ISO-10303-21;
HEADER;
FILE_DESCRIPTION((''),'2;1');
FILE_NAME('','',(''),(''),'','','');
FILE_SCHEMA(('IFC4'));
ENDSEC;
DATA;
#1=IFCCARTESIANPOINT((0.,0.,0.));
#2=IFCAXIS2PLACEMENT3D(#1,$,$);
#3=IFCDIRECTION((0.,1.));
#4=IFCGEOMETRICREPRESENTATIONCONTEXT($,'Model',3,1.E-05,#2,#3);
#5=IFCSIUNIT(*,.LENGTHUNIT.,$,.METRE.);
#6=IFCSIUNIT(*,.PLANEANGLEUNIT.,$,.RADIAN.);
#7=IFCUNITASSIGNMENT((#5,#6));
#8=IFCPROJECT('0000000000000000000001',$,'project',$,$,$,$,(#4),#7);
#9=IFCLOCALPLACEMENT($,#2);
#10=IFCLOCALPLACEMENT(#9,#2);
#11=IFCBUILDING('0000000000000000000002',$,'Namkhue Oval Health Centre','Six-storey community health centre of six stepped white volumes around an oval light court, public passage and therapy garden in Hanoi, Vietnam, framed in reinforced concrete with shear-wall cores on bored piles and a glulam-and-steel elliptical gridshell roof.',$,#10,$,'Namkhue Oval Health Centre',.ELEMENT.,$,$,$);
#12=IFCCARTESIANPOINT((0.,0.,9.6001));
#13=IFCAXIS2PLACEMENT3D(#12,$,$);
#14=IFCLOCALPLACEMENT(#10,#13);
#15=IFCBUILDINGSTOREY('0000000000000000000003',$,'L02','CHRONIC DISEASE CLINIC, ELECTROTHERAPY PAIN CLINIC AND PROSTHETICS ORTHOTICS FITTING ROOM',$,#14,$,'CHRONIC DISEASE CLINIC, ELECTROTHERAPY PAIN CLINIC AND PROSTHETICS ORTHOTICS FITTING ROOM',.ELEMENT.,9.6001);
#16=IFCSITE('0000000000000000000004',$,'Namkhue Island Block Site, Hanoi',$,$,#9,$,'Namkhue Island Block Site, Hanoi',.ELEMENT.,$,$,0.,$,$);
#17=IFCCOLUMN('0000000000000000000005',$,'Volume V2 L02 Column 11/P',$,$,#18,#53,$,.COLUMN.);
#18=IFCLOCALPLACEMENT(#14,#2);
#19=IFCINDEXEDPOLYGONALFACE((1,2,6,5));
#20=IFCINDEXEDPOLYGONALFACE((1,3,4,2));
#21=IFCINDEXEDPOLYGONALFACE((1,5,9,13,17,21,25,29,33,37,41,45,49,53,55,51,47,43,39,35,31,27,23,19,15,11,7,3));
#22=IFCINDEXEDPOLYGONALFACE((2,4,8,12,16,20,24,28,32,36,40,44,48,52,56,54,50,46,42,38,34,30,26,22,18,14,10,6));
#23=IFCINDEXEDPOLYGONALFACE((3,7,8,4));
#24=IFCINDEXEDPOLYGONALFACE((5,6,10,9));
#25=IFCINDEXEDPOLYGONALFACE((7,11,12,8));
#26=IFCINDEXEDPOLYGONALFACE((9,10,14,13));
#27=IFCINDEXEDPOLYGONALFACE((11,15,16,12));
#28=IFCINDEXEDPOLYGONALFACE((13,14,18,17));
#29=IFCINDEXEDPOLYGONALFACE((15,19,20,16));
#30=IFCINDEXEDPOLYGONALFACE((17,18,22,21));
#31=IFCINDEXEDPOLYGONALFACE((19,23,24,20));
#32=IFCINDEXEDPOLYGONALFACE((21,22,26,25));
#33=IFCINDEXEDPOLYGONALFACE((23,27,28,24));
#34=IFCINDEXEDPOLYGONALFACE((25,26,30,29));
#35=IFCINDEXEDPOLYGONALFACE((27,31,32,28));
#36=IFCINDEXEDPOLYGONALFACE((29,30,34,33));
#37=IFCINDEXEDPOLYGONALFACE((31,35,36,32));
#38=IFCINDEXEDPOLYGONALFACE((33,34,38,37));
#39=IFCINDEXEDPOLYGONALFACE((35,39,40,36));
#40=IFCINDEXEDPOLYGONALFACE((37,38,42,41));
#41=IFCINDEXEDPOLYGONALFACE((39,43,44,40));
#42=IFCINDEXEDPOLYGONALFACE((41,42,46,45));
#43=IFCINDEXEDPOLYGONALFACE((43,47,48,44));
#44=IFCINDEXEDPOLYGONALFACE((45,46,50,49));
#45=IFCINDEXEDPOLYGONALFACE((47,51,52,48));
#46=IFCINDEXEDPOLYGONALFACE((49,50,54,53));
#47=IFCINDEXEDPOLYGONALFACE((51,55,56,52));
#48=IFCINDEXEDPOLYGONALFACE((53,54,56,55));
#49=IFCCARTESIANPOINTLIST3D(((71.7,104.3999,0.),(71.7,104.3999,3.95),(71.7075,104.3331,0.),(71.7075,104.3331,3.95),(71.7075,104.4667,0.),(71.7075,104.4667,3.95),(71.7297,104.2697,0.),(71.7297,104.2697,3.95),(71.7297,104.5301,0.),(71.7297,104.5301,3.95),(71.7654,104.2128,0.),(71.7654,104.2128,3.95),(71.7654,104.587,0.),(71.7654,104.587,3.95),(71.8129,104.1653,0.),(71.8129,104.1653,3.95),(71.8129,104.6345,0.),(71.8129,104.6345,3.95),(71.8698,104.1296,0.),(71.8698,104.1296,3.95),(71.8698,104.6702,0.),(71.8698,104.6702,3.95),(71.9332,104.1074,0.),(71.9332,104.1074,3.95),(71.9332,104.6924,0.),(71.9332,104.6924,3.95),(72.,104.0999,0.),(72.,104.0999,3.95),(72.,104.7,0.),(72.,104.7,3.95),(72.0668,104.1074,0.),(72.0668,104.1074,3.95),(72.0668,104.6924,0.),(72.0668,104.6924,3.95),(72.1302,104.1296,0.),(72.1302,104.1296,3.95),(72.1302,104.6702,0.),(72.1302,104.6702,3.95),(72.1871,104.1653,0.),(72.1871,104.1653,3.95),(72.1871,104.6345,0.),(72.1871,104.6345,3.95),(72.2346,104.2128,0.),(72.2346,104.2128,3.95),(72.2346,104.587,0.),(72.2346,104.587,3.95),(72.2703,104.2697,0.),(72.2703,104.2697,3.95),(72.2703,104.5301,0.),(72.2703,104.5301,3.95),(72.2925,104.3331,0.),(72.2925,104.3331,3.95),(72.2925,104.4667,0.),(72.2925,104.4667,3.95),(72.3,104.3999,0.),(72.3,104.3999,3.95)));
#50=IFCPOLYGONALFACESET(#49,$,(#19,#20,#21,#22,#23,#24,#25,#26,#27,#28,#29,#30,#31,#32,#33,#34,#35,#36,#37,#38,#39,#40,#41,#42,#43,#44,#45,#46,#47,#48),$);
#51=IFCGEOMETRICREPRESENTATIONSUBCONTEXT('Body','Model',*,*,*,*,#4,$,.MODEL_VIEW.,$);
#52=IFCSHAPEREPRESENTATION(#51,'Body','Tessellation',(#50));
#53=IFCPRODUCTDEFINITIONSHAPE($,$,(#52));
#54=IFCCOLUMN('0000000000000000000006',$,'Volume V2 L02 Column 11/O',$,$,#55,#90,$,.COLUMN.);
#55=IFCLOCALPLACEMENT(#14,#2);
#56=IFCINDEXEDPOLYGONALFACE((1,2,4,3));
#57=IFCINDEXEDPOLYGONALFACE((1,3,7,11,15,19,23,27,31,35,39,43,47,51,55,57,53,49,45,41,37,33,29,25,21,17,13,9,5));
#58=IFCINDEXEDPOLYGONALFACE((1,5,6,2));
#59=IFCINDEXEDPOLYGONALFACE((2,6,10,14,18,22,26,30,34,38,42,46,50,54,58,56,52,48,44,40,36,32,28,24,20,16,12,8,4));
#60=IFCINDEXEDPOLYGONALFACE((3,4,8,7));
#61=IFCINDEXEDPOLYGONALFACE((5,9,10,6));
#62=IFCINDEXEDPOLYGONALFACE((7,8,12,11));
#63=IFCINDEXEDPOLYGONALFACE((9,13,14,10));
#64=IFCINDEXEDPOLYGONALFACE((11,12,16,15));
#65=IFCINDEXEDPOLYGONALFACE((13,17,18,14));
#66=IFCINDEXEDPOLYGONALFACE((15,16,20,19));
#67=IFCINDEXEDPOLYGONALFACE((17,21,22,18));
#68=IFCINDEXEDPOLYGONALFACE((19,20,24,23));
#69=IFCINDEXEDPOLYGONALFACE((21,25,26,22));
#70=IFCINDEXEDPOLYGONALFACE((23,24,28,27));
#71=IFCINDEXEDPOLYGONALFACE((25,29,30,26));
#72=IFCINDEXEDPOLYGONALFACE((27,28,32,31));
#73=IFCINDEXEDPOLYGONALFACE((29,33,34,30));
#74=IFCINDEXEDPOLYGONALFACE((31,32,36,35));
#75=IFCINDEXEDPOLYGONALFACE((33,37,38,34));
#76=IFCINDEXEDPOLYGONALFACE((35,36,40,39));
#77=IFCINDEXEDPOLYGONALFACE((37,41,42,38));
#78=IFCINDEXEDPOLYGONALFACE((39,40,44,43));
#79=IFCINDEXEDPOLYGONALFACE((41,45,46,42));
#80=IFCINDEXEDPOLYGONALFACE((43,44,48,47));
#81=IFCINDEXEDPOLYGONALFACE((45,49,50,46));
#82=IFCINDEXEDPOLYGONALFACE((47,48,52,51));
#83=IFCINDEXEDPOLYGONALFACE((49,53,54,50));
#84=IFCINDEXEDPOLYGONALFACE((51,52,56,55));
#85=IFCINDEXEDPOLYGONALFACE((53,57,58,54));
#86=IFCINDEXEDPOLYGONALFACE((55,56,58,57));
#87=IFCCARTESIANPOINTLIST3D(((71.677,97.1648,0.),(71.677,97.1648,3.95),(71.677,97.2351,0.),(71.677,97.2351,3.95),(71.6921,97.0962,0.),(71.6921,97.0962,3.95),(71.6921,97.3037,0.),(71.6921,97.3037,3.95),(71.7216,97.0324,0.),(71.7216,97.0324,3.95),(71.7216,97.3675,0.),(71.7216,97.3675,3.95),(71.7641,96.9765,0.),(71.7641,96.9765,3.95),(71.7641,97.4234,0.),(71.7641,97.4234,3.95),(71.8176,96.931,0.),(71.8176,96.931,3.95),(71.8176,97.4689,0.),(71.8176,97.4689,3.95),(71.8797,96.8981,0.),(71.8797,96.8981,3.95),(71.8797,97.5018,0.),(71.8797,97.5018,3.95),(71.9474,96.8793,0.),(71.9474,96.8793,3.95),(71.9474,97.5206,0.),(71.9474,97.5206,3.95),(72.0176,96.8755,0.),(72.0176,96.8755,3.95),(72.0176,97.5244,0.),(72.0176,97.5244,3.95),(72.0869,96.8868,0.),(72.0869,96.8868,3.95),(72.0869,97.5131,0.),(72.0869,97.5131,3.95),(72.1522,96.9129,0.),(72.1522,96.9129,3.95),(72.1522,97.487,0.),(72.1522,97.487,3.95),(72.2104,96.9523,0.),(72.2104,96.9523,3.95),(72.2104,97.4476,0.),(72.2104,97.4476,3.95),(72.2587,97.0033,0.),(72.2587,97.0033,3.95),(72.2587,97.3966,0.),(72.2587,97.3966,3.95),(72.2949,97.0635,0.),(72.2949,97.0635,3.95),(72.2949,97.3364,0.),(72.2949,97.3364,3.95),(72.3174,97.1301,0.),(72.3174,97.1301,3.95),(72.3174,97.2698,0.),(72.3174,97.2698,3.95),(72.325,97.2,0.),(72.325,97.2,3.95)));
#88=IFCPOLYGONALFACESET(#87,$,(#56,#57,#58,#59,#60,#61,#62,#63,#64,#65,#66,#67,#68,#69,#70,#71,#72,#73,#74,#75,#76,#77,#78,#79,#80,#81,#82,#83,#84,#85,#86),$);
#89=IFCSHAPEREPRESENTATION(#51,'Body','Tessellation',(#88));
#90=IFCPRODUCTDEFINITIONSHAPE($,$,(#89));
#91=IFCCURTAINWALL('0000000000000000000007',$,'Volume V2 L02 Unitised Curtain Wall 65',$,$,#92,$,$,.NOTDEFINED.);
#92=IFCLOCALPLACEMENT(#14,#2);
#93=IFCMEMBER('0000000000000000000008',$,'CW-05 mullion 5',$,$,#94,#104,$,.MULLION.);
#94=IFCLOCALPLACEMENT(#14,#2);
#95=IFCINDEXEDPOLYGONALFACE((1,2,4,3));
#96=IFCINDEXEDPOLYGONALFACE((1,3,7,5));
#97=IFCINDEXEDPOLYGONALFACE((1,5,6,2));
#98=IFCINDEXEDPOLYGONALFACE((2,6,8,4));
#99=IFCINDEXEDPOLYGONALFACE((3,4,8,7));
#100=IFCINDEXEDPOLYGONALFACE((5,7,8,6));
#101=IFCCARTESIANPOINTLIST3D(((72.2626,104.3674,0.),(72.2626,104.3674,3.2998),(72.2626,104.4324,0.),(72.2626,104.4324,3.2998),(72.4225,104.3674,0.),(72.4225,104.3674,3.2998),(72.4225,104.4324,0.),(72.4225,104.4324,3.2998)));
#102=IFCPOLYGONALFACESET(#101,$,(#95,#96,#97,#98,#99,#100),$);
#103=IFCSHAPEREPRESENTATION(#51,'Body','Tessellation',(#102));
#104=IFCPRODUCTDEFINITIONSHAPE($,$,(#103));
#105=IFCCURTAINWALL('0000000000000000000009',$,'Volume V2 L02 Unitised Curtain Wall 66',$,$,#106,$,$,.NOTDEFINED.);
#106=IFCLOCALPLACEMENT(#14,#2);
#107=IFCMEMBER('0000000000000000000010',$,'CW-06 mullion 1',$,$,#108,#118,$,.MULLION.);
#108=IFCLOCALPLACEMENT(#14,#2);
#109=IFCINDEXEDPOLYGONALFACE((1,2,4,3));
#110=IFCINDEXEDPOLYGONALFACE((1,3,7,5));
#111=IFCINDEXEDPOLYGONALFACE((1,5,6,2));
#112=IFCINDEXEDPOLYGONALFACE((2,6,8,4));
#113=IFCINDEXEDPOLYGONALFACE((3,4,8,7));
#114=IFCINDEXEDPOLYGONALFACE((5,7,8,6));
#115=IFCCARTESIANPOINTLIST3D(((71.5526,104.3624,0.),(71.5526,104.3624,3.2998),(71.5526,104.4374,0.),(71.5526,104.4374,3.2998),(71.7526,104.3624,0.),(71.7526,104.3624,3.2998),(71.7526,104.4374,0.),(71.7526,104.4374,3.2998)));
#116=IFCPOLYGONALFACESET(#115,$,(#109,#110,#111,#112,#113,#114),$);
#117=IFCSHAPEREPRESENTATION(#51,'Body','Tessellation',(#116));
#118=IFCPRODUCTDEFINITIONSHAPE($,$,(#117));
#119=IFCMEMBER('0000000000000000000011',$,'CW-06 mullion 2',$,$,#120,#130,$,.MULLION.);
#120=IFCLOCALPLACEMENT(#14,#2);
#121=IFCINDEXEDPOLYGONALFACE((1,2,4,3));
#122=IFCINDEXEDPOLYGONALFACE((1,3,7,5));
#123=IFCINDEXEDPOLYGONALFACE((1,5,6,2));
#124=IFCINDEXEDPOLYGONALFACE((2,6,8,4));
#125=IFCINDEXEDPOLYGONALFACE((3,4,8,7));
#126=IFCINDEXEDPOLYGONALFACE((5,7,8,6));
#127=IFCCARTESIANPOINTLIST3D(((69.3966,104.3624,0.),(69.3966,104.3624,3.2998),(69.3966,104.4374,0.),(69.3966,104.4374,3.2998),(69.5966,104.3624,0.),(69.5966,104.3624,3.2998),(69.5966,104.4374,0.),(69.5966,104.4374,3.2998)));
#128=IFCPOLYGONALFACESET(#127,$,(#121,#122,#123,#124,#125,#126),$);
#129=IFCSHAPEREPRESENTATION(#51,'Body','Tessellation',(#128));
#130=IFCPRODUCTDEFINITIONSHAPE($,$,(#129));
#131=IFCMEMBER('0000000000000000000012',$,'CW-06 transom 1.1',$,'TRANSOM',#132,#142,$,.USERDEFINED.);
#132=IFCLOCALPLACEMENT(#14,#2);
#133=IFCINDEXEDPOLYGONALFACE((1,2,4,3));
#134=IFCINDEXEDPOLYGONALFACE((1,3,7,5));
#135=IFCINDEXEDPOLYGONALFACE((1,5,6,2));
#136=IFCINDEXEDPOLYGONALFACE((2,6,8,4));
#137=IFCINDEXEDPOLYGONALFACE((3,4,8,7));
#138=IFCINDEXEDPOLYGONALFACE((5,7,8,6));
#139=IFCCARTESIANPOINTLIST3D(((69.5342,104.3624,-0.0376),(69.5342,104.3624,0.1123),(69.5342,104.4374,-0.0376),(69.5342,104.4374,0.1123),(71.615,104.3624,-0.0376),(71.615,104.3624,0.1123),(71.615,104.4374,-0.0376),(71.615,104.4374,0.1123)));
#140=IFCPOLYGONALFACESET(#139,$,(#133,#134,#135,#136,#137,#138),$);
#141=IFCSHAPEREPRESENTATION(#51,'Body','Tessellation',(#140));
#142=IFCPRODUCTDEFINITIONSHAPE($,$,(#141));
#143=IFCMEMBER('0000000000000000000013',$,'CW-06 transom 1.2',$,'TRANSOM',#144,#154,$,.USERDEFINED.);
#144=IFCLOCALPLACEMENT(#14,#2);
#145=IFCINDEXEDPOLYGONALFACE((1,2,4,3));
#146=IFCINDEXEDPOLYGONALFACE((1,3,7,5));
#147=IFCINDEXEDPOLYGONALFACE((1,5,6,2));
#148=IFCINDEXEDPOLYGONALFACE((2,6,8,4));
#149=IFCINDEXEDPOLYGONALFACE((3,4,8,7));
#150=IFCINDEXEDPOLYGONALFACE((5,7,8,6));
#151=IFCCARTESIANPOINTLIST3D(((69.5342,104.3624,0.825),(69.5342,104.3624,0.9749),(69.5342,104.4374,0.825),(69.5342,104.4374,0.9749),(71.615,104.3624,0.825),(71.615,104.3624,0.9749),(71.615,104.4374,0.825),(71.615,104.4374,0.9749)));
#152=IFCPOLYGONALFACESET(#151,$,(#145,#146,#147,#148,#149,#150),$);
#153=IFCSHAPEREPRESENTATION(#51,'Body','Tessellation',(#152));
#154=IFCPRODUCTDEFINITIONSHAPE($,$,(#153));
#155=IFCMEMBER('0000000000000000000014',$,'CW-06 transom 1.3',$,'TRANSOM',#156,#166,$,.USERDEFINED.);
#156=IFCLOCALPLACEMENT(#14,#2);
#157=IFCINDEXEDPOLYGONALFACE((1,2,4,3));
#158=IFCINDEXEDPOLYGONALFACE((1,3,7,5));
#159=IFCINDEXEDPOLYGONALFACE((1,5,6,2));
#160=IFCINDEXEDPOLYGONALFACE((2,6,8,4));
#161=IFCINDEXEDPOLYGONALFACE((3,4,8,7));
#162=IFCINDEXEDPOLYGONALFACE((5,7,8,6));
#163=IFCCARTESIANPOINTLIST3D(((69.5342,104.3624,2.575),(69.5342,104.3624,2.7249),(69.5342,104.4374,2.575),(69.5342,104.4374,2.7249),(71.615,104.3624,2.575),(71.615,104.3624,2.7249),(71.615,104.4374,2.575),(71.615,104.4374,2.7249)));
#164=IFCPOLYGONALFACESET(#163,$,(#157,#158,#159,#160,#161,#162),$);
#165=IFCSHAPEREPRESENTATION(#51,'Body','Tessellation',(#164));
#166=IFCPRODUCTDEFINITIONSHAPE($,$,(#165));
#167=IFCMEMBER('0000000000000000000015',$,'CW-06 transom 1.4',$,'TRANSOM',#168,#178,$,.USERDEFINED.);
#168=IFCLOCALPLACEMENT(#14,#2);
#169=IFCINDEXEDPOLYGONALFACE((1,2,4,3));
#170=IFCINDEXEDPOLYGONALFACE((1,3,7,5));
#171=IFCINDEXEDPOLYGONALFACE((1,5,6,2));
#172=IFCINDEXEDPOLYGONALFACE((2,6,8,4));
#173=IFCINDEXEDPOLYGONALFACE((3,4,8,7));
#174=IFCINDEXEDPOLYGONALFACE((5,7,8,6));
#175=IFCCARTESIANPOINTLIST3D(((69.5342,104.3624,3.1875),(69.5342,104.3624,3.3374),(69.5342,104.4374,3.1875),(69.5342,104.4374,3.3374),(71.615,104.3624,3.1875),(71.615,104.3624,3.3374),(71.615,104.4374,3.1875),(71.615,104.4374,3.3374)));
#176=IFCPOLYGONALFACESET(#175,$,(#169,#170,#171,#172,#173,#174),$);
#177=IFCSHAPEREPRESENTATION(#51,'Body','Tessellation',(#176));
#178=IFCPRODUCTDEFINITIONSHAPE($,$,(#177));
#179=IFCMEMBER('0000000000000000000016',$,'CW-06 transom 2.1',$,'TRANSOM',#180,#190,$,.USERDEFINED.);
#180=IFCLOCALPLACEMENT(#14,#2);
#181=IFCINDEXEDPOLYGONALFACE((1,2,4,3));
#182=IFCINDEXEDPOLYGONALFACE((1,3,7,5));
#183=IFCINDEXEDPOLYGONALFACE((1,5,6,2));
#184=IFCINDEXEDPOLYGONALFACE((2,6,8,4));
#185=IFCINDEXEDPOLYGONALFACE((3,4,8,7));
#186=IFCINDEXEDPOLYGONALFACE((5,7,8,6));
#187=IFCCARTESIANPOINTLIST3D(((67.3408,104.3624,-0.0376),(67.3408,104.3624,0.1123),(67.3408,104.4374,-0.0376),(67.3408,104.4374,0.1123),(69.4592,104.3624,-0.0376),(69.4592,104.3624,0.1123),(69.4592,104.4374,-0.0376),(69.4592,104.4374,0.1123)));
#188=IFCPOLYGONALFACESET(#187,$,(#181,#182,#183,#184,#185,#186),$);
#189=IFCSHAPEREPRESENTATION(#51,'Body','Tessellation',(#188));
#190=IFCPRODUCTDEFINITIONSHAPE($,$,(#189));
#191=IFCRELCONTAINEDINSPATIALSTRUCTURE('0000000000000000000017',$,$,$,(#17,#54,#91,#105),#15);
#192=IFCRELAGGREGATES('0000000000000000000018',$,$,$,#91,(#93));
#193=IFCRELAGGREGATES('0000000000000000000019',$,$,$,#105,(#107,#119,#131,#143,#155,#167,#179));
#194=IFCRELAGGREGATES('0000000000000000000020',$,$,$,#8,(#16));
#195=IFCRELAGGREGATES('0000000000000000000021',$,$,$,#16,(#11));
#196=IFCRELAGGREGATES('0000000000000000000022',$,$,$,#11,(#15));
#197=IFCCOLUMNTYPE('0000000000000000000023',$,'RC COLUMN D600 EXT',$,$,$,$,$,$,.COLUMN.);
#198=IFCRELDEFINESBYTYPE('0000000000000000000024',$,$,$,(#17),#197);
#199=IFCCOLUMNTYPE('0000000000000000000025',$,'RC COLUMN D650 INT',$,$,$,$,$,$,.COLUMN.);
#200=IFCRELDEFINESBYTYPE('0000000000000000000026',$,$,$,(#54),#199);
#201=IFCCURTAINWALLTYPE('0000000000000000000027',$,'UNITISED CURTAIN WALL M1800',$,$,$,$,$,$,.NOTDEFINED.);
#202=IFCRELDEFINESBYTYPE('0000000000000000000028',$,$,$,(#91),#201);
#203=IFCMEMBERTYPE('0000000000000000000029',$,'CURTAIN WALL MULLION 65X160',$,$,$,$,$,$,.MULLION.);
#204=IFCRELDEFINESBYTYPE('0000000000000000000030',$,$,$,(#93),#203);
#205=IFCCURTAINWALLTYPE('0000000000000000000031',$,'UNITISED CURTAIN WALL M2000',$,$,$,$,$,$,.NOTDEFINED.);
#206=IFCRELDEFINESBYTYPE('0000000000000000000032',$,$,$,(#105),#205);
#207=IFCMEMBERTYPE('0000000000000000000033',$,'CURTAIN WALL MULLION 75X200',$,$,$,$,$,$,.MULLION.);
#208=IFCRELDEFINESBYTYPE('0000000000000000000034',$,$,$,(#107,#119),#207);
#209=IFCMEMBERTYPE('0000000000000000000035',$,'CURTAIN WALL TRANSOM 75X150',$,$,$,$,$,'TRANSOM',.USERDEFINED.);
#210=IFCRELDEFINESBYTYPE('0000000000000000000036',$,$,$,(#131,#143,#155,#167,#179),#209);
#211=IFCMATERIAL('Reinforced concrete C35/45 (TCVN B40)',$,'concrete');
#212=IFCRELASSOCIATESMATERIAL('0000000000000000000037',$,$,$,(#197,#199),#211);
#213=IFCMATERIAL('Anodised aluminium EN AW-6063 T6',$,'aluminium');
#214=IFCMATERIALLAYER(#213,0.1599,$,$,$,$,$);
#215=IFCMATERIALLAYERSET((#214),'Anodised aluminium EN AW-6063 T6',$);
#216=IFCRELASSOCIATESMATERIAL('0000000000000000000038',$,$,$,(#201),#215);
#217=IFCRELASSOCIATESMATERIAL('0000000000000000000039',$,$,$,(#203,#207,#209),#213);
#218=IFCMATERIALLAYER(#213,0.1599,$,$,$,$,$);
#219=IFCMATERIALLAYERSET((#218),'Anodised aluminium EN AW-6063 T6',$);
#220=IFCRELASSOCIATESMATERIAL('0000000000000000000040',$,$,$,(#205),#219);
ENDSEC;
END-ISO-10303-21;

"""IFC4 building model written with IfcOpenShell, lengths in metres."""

from ifc_helpers import new_model, si_unit, direction, frame, origin, origin_2d, place, context, subcontext, project, spatial, rectangle, circle, extrude, material, layer, layer_set, material_profile, profile_set, type_object, element, aggregate, save


model = new_model("IFC4")

# Units and contexts
model_context = context("Model", 3, precision=1e-05, world=origin(), true_north=direction((0.0, 1.0)))
body_context = subcontext(model_context, "Body", "Model", "MODEL_VIEW")
ifc_project = project(units=[si_unit("LENGTHUNIT", "METRE"), si_unit("PLANEANGLEUNIT", "RADIAN")], contexts=[model_context])

# Site, building, storey
site_placement = place(None, origin())
site = spatial("IfcSite", under=ifc_project, at=site_placement, Name="Namkhue Island Block Site, Hanoi", LongName="Namkhue Island Block Site, Hanoi", CompositionType="ELEMENT", RefElevation=0.0)
building_placement = place(site_placement, origin())
building = spatial("IfcBuilding", under=site, at=building_placement, Name="Namkhue Oval Health Centre", Description="Six-storey community health centre of six stepped white volumes around an oval light court, public passage and therapy garden in Hanoi, Vietnam, framed in reinforced concrete with shear-wall cores on bored piles and a glulam-and-steel elliptical gridshell roof.", LongName="Namkhue Oval Health Centre", CompositionType="ELEMENT")
storey_placement = place(building_placement, frame((0.0, 0.0, 9.6001)))
storey = spatial("IfcBuildingStorey", under=building, at=storey_placement, Name="L02", Description="CHRONIC DISEASE CLINIC, ELECTROTHERAPY PAIN CLINIC AND PROSTHETICS ORTHOTICS FITTING ROOM", LongName="CHRONIC DISEASE CLINIC, ELECTROTHERAPY PAIN CLINIC AND PROSTHETICS ORTHOTICS FITTING ROOM", CompositionType="ELEMENT", Elevation=9.6001)

# Columns
ifc_material_1 = material(Name="Reinforced concrete C35/45 (TCVN B40)", Category="concrete")
ifc_material_profile_1 = material_profile(ifc_material_1, circle(Radius=0.3, at=origin_2d()), Name="RC D600")
ifc_profile_set_1 = profile_set([ifc_material_profile_1], Name="Reinforced concrete C35/45 (TCVN B40)")
column_type_1 = type_object("IfcColumnType", Name="RC COLUMN D600 EXT", PredefinedType="COLUMN", material=ifc_profile_set_1)
column_1_placement = place(storey_placement, frame((72.0, 104.3999, 0.0), z_axis=(0.0, 0.0, 1.0), x_axis=(1.0, 0.0, 0.0)))
element("IfcColumn", 1, at=column_1_placement, inside=storey, type_object=column_type_1, Name="Volume V2 L02 Column 11/P", PredefinedType="COLUMN", context=body_context, shape_type="SweptSolid", body=[
    extrude(circle(Radius=0.3, at=origin_2d()), origin(), (0.0, 0.0, 1.0), 3.95),
])
ifc_material_profile_2 = material_profile(ifc_material_1, circle(Radius=0.325, at=origin_2d()), Name="RC D650")
ifc_profile_set_2 = profile_set([ifc_material_profile_2], Name="Reinforced concrete C35/45 (TCVN B40)")
column_type_2 = type_object("IfcColumnType", Name="RC COLUMN D650 INT", PredefinedType="COLUMN", material=ifc_profile_set_2)
column_2_placement = place(storey_placement, frame((72.0, 97.2, 0.0), z_axis=(0.0, 0.0, 1.0), x_axis=(1.0, 0.0, 0.0)))
element("IfcColumn", 2, at=column_2_placement, inside=storey, type_object=column_type_2, Name="Volume V2 L02 Column 11/O", PredefinedType="COLUMN", context=body_context, shape_type="SweptSolid", body=[
    extrude(circle(Radius=0.325, at=origin_2d()), origin(), (0.0, 0.0, 1.0), 3.95),
])

# Curtain wall, member
ifc_material_2 = material(Name="Anodised aluminium EN AW-6063 T6", Category="aluminium")
ifc_layer_1 = layer(ifc_material_2, 0.1599)
ifc_layer_set_1 = layer_set([ifc_layer_1], Name="Anodised aluminium EN AW-6063 T6")
curtain_wall_type_1 = type_object("IfcCurtainWallType", Name="UNITISED CURTAIN WALL M1800", PredefinedType="NOTDEFINED", material=ifc_layer_set_1)
curtain_wall_1_placement = place(storey_placement, origin())
curtain_wall_1 = element("IfcCurtainWall", 3, at=curtain_wall_1_placement, inside=storey, type_object=curtain_wall_type_1, Name="Volume V2 L02 Unitised Curtain Wall 65", PredefinedType="NOTDEFINED")
ifc_material_profile_3 = material_profile(ifc_material_2, rectangle(XDim=0.0649, YDim=0.1599, at=origin_2d()), Name="ALU 65x160")
ifc_profile_set_3 = profile_set([ifc_material_profile_3], Name="Anodised aluminium EN AW-6063 T6")
member_type_1 = type_object("IfcMemberType", Name="CURTAIN WALL MULLION 65X160", PredefinedType="MULLION", material=ifc_profile_set_3)
member_1_placement = place(storey_placement, frame((72.3425, 104.3999, 0.0), z_axis=(0.0, 0.0, 1.0), x_axis=(0.0, -1.0, 0.0)))
member_1 = element("IfcMember", 4, at=member_1_placement, type_object=member_type_1, Name="CW-05 mullion 5", PredefinedType="MULLION", context=body_context, shape_type="SweptSolid", body=[
    extrude(rectangle(XDim=0.0649, YDim=0.1599, at=origin_2d()), origin(), (0.0, 0.0, 1.0), 3.2998),
])

# Curtain wall, members
ifc_layer_2 = layer(ifc_material_2, 0.1599)
ifc_layer_set_2 = layer_set([ifc_layer_2], Name="Anodised aluminium EN AW-6063 T6")
curtain_wall_type_2 = type_object("IfcCurtainWallType", Name="UNITISED CURTAIN WALL M2000", PredefinedType="NOTDEFINED", material=ifc_layer_set_2)
curtain_wall_2_placement = place(storey_placement, origin())
curtain_wall_2 = element("IfcCurtainWall", 5, at=curtain_wall_2_placement, inside=storey, type_object=curtain_wall_type_2, Name="Volume V2 L02 Unitised Curtain Wall 66", PredefinedType="NOTDEFINED")
ifc_material_profile_4 = material_profile(ifc_material_2, rectangle(XDim=0.075, YDim=0.2, at=origin_2d()), Name="ALU 75x200")
ifc_profile_set_4 = profile_set([ifc_material_profile_4], Name="Anodised aluminium EN AW-6063 T6")
member_type_2 = type_object("IfcMemberType", Name="CURTAIN WALL MULLION 75X200", PredefinedType="MULLION", material=ifc_profile_set_4)
member_2_placement = place(storey_placement, frame((71.6526, 104.3999, 0.0), z_axis=(0.0, 0.0, 1.0), x_axis=(0.0, -1.0, 0.0)))
member_2 = element("IfcMember", 6, at=member_2_placement, type_object=member_type_2, Name="CW-06 mullion 1", PredefinedType="MULLION", context=body_context, shape_type="SweptSolid", body=[
    extrude(rectangle(XDim=0.075, YDim=0.2, at=origin_2d()), origin(), (0.0, 0.0, 1.0), 3.2998),
])
member_3_placement = place(storey_placement, frame((69.4966, 104.3999, 0.0), z_axis=(0.0, 0.0, 1.0), x_axis=(0.0, -1.0, 0.0)))
member_3 = element("IfcMember", 7, at=member_3_placement, type_object=member_type_2, Name="CW-06 mullion 2", PredefinedType="MULLION", context=body_context, shape_type="SweptSolid", body=[
    extrude(rectangle(XDim=0.075, YDim=0.2, at=origin_2d()), origin(), (0.0, 0.0, 1.0), 3.2998),
])
ifc_material_profile_5 = material_profile(ifc_material_2, rectangle(XDim=0.075, YDim=0.1499, at=origin_2d()), Name="ALU 75x150")
ifc_profile_set_5 = profile_set([ifc_material_profile_5], Name="Anodised aluminium EN AW-6063 T6")
member_type_3 = type_object("IfcMemberType", Name="CURTAIN WALL TRANSOM 75X150", ElementType="TRANSOM", PredefinedType="USERDEFINED", material=ifc_profile_set_5)
member_4_placement = place(storey_placement, frame((71.615, 104.3999, 0.0374), z_axis=(-1.0, 0.0, 0.0), x_axis=(0.0, -1.0, 0.0)))
member_4 = element("IfcMember", 8, at=member_4_placement, type_object=member_type_3, Name="CW-06 transom 1.1", ObjectType="TRANSOM", PredefinedType="USERDEFINED", context=body_context, shape_type="SweptSolid", body=[
    extrude(rectangle(XDim=0.075, YDim=0.1499, at=origin_2d()), origin(), (0.0, 0.0, 1.0), 2.0808),
])
member_5_placement = place(storey_placement, frame((71.615, 104.3999, 0.8999), z_axis=(-1.0, 0.0, 0.0), x_axis=(0.0, -1.0, 0.0)))
member_5 = element("IfcMember", 9, at=member_5_placement, type_object=member_type_3, Name="CW-06 transom 1.2", ObjectType="TRANSOM", PredefinedType="USERDEFINED", context=body_context, shape_type="SweptSolid", body=[
    extrude(rectangle(XDim=0.075, YDim=0.1499, at=origin_2d()), origin(), (0.0, 0.0, 1.0), 2.0808),
])
member_6_placement = place(storey_placement, frame((71.615, 104.3999, 2.6499), z_axis=(-1.0, 0.0, 0.0), x_axis=(0.0, -1.0, 0.0)))
member_6 = element("IfcMember", 10, at=member_6_placement, type_object=member_type_3, Name="CW-06 transom 1.3", ObjectType="TRANSOM", PredefinedType="USERDEFINED", context=body_context, shape_type="SweptSolid", body=[
    extrude(rectangle(XDim=0.075, YDim=0.1499, at=origin_2d()), origin(), (0.0, 0.0, 1.0), 2.0808),
])
member_7_placement = place(storey_placement, frame((71.615, 104.3999, 3.2625), z_axis=(-1.0, 0.0, 0.0), x_axis=(0.0, -1.0, 0.0)))
member_7 = element("IfcMember", 11, at=member_7_placement, type_object=member_type_3, Name="CW-06 transom 1.4", ObjectType="TRANSOM", PredefinedType="USERDEFINED", context=body_context, shape_type="SweptSolid", body=[
    extrude(rectangle(XDim=0.075, YDim=0.1499, at=origin_2d()), origin(), (0.0, 0.0, 1.0), 2.0808),
])
member_8_placement = place(storey_placement, frame((69.4592, 104.3999, 0.0374), z_axis=(-1.0, 0.0, 0.0), x_axis=(0.0, -1.0, 0.0)))
member_8 = element("IfcMember", 12, at=member_8_placement, type_object=member_type_3, Name="CW-06 transom 2.1", ObjectType="TRANSOM", PredefinedType="USERDEFINED", context=body_context, shape_type="SweptSolid", body=[
    extrude(rectangle(XDim=0.075, YDim=0.1499, at=origin_2d()), origin(), (0.0, 0.0, 1.0), 2.1184),
])

aggregate(curtain_wall_1, [member_1])
aggregate(curtain_wall_2, [member_2, member_3, member_4, member_5, member_6, member_7, member_8])

save(model, "model.ifc")
